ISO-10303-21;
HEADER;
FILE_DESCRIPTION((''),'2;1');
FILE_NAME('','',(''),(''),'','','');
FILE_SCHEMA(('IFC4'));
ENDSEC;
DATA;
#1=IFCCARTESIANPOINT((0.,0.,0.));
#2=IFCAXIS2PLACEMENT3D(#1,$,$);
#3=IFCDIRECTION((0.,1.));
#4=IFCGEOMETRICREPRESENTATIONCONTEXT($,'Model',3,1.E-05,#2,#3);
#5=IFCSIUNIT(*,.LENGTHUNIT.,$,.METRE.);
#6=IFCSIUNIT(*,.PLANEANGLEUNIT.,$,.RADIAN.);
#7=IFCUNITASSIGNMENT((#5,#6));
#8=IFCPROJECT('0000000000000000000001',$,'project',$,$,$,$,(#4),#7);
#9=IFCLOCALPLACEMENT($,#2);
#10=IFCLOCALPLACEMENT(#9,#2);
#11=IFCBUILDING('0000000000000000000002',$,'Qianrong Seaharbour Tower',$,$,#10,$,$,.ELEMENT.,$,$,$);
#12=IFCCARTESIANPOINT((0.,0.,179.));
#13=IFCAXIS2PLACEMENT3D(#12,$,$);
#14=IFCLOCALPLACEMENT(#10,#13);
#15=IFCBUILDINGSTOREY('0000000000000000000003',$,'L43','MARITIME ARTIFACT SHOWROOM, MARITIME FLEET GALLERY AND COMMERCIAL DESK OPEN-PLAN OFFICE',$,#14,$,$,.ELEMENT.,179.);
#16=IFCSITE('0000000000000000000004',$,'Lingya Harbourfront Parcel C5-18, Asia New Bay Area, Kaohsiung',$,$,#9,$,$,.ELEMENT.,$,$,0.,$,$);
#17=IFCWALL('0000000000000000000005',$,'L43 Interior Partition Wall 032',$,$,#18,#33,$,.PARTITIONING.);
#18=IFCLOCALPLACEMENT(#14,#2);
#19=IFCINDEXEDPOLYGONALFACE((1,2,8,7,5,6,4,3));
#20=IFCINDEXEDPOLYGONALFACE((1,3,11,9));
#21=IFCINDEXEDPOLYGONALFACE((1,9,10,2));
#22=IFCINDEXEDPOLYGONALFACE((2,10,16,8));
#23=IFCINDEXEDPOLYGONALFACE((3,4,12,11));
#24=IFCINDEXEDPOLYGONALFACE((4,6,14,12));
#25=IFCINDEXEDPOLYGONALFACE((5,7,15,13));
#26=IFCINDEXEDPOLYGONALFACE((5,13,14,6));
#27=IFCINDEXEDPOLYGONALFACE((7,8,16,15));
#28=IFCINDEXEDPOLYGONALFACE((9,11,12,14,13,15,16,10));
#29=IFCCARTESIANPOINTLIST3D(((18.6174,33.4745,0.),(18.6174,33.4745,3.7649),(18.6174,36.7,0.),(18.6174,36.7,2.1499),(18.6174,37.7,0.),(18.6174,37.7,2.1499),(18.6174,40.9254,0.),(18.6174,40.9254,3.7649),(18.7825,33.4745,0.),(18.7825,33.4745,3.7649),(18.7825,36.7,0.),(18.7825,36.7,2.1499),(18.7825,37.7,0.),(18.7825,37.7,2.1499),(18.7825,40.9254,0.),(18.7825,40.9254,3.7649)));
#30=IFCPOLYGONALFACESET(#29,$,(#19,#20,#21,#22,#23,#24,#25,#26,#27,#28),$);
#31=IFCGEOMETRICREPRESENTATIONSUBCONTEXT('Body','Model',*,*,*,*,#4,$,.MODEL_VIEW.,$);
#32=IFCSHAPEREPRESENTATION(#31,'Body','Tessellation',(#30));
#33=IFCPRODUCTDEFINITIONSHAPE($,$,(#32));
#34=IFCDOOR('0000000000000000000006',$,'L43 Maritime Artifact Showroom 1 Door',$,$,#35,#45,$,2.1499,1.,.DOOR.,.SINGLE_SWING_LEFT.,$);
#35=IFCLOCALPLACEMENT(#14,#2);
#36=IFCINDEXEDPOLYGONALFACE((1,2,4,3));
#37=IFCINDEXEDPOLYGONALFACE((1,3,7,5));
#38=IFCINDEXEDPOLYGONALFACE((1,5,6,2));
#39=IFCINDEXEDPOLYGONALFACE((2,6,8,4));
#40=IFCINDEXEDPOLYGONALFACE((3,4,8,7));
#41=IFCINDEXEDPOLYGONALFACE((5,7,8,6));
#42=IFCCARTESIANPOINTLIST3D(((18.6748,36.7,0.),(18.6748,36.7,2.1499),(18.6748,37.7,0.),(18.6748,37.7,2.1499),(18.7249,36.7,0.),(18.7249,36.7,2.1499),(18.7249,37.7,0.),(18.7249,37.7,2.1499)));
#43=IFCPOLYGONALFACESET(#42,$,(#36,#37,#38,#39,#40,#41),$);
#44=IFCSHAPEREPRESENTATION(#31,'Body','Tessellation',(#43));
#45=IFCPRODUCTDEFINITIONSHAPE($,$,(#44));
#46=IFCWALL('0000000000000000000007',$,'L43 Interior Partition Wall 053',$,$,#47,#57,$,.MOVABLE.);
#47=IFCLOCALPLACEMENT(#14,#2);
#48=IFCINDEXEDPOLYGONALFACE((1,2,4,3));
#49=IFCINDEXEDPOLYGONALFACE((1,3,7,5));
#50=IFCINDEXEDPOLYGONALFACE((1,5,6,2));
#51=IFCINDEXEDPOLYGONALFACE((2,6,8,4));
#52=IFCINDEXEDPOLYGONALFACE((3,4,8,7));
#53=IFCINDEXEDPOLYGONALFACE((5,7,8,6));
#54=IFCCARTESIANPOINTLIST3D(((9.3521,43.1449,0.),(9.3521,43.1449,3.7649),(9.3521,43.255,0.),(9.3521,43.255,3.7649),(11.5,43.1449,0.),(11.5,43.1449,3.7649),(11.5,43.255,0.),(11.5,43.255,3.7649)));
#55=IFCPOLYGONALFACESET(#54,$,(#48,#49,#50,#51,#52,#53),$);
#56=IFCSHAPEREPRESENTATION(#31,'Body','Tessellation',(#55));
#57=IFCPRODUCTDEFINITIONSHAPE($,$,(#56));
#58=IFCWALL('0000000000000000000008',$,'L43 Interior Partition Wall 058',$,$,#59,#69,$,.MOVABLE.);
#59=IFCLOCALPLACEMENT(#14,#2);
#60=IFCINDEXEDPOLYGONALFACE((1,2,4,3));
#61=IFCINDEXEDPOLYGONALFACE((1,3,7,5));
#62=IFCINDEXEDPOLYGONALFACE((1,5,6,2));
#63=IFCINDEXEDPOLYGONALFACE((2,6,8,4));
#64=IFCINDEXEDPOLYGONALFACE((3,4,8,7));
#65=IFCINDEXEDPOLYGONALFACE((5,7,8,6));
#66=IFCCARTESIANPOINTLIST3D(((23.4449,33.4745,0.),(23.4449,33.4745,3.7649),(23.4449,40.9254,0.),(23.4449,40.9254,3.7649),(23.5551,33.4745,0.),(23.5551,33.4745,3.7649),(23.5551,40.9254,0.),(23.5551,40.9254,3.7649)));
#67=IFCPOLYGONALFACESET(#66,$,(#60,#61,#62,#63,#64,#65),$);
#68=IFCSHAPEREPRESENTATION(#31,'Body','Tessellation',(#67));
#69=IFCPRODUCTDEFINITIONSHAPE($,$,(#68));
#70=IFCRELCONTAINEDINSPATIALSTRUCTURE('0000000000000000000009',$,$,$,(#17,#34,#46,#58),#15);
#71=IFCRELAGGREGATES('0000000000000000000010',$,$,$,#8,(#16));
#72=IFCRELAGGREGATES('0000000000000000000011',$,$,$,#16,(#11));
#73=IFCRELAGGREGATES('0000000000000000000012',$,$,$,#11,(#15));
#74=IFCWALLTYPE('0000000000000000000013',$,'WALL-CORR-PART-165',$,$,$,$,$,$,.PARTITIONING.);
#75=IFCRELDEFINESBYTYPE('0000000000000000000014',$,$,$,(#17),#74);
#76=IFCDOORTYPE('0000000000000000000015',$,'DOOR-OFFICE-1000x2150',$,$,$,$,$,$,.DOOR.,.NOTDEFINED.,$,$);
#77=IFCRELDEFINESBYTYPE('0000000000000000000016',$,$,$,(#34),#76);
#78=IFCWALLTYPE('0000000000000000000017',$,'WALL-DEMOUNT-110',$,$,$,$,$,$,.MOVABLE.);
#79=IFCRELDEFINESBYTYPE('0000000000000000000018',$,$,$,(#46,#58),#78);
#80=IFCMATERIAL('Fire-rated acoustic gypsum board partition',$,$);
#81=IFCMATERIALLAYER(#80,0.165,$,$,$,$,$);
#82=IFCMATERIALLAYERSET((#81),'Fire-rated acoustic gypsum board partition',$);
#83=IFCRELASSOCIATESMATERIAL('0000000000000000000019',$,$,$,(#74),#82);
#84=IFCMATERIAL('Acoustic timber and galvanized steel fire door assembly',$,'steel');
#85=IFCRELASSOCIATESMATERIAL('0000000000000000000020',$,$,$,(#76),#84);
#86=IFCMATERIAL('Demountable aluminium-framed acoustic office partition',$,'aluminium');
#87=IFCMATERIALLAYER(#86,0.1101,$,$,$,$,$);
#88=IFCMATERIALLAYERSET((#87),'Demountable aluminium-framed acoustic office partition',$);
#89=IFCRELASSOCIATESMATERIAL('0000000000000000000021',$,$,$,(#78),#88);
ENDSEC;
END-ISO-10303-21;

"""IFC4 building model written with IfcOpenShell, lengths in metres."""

from ifc_helpers import new_model, si_unit, direction, frame, frame_2d, origin, place, context, subcontext, project, spatial, rectangle, extrude, material, layer, layer_set, type_object, element, fill, save


model = new_model("IFC4")

# Units and contexts
model_context = context("Model", 3, precision=1e-05, world=origin(), true_north=direction((0.0, 1.0)))
body_context = subcontext(model_context, "Body", "Model", "MODEL_VIEW")
ifc_project = project(units=[si_unit("LENGTHUNIT", "METRE"), si_unit("PLANEANGLEUNIT", "RADIAN")], contexts=[model_context])

# Site, building, storey
site_placement = place(None, origin())
site = spatial("IfcSite", under=ifc_project, at=site_placement, Name="Lingya Harbourfront Parcel C5-18, Asia New Bay Area, Kaohsiung", CompositionType="ELEMENT", RefElevation=0.0)
building_placement = place(site_placement, origin())
building = spatial("IfcBuilding", under=site, at=building_placement, Name="Qianrong Seaharbour Tower", CompositionType="ELEMENT")
storey_placement = place(building_placement, frame((0.0, 0.0, 179.0)))
storey = spatial("IfcBuildingStorey", under=building, at=storey_placement, Name="L43", Description="MARITIME ARTIFACT SHOWROOM, MARITIME FLEET GALLERY AND COMMERCIAL DESK OPEN-PLAN OFFICE", CompositionType="ELEMENT", Elevation=179.0)

# Shared definitions
ifc_material_1 = material(Name="Fire-rated acoustic gypsum board partition")
ifc_layer_1 = layer(ifc_material_1, 0.165)
ifc_layer_set_1 = layer_set([ifc_layer_1], Name="Fire-rated acoustic gypsum board partition")
wall_type_1 = type_object("IfcWallType", Name="WALL-CORR-PART-165", PredefinedType="PARTITIONING", material=ifc_layer_set_1)
ifc_material_2 = material(Name="Acoustic timber and galvanized steel fire door assembly", Category="steel")

# Wall, opening, door
wall_1_placement = place(storey_placement, frame((18.7, 40.9255, 0.0), z_axis=(0.0, 0.0, 1.0), x_axis=(0.0, -1.0, 0.0)))
wall_1 = element("IfcWall", 1, at=wall_1_placement, inside=storey, type_object=wall_type_1, Name="L43 Interior Partition Wall 032", PredefinedType="PARTITIONING", context=body_context, shape_type="SweptSolid", body=[
    extrude(rectangle(XDim=7.4509, YDim=0.165, at=frame_2d((3.7256, 0.0))), origin(), (0.0, 0.0, 1.0), 3.7649),
])
opening_1_placement = place(wall_1_placement, frame((3.2256, 0.0, 0.0)))
opening_1 = element("IfcOpeningElement", 2, at=opening_1_placement, cuts=wall_1, PredefinedType="OPENING", context=body_context, shape_type="SweptSolid", body=[
    extrude(rectangle(XDim=1.0, YDim=2.1499, at=frame_2d((0.5, 1.075))), frame((0.0, 0.0925, 0.0), z_axis=(0.0, -1.0, 0.0), x_axis=(1.0, 0.0, 0.0)), (0.0, 0.0, 1.0), 0.1851),
])
door_type_1 = type_object("IfcDoorType", Name="DOOR-OFFICE-1000x2150", OperationType="NOTDEFINED", PredefinedType="DOOR", material=ifc_material_2)
door_1_placement = place(opening_1_placement, origin())
door_1 = element("IfcDoor", 3, at=door_1_placement, inside=storey, type_object=door_type_1, Name="L43 Maritime Artifact Showroom 1 Door", OperationType="SINGLE_SWING_LEFT", OverallHeight=2.1499, OverallWidth=1.0, PredefinedType="DOOR", context=body_context, shape_type="SweptSolid", body=[
    extrude(rectangle(XDim=1.0, YDim=2.1499, at=frame_2d((0.5, 1.075))), frame((0.0, 0.0249, 0.0), z_axis=(0.0, -1.0, 0.0), x_axis=(1.0, 0.0, 0.0)), (0.0, 0.0, 1.0), 0.05),
])
fill(opening_1, door_1)

# Walls
ifc_material_3 = material(Name="Demountable aluminium-framed acoustic office partition", Category="aluminium")
ifc_layer_2 = layer(ifc_material_3, 0.1101)
ifc_layer_set_2 = layer_set([ifc_layer_2], Name="Demountable aluminium-framed acoustic office partition")
wall_type_2 = type_object("IfcWallType", Name="WALL-DEMOUNT-110", PredefinedType="MOVABLE", material=ifc_layer_set_2)
wall_2_placement = place(storey_placement, frame((11.5, 43.2, 0.0), z_axis=(0.0, 0.0, 1.0), x_axis=(-1.0, 0.0, 0.0)))
element("IfcWall", 4, at=wall_2_placement, inside=storey, type_object=wall_type_2, Name="L43 Interior Partition Wall 053", PredefinedType="MOVABLE", context=body_context, shape_type="SweptSolid", body=[
    extrude(rectangle(XDim=2.1479, YDim=0.1101, at=frame_2d((1.074, 0.0))), origin(), (0.0, 0.0, 1.0), 3.7649),
])
wall_3_placement = place(storey_placement, frame((23.5, 40.9255, 0.0), z_axis=(0.0, 0.0, 1.0), x_axis=(0.0, -1.0, 0.0)))
element("IfcWall", 5, at=wall_3_placement, inside=storey, type_object=wall_type_2, Name="L43 Interior Partition Wall 058", PredefinedType="MOVABLE", context=body_context, shape_type="SweptSolid", body=[
    extrude(rectangle(XDim=7.4509, YDim=0.1101, at=frame_2d((3.7256, 0.0))), origin(), (0.0, 0.0, 1.0), 3.7649),
])

save(model, "model.ifc")
